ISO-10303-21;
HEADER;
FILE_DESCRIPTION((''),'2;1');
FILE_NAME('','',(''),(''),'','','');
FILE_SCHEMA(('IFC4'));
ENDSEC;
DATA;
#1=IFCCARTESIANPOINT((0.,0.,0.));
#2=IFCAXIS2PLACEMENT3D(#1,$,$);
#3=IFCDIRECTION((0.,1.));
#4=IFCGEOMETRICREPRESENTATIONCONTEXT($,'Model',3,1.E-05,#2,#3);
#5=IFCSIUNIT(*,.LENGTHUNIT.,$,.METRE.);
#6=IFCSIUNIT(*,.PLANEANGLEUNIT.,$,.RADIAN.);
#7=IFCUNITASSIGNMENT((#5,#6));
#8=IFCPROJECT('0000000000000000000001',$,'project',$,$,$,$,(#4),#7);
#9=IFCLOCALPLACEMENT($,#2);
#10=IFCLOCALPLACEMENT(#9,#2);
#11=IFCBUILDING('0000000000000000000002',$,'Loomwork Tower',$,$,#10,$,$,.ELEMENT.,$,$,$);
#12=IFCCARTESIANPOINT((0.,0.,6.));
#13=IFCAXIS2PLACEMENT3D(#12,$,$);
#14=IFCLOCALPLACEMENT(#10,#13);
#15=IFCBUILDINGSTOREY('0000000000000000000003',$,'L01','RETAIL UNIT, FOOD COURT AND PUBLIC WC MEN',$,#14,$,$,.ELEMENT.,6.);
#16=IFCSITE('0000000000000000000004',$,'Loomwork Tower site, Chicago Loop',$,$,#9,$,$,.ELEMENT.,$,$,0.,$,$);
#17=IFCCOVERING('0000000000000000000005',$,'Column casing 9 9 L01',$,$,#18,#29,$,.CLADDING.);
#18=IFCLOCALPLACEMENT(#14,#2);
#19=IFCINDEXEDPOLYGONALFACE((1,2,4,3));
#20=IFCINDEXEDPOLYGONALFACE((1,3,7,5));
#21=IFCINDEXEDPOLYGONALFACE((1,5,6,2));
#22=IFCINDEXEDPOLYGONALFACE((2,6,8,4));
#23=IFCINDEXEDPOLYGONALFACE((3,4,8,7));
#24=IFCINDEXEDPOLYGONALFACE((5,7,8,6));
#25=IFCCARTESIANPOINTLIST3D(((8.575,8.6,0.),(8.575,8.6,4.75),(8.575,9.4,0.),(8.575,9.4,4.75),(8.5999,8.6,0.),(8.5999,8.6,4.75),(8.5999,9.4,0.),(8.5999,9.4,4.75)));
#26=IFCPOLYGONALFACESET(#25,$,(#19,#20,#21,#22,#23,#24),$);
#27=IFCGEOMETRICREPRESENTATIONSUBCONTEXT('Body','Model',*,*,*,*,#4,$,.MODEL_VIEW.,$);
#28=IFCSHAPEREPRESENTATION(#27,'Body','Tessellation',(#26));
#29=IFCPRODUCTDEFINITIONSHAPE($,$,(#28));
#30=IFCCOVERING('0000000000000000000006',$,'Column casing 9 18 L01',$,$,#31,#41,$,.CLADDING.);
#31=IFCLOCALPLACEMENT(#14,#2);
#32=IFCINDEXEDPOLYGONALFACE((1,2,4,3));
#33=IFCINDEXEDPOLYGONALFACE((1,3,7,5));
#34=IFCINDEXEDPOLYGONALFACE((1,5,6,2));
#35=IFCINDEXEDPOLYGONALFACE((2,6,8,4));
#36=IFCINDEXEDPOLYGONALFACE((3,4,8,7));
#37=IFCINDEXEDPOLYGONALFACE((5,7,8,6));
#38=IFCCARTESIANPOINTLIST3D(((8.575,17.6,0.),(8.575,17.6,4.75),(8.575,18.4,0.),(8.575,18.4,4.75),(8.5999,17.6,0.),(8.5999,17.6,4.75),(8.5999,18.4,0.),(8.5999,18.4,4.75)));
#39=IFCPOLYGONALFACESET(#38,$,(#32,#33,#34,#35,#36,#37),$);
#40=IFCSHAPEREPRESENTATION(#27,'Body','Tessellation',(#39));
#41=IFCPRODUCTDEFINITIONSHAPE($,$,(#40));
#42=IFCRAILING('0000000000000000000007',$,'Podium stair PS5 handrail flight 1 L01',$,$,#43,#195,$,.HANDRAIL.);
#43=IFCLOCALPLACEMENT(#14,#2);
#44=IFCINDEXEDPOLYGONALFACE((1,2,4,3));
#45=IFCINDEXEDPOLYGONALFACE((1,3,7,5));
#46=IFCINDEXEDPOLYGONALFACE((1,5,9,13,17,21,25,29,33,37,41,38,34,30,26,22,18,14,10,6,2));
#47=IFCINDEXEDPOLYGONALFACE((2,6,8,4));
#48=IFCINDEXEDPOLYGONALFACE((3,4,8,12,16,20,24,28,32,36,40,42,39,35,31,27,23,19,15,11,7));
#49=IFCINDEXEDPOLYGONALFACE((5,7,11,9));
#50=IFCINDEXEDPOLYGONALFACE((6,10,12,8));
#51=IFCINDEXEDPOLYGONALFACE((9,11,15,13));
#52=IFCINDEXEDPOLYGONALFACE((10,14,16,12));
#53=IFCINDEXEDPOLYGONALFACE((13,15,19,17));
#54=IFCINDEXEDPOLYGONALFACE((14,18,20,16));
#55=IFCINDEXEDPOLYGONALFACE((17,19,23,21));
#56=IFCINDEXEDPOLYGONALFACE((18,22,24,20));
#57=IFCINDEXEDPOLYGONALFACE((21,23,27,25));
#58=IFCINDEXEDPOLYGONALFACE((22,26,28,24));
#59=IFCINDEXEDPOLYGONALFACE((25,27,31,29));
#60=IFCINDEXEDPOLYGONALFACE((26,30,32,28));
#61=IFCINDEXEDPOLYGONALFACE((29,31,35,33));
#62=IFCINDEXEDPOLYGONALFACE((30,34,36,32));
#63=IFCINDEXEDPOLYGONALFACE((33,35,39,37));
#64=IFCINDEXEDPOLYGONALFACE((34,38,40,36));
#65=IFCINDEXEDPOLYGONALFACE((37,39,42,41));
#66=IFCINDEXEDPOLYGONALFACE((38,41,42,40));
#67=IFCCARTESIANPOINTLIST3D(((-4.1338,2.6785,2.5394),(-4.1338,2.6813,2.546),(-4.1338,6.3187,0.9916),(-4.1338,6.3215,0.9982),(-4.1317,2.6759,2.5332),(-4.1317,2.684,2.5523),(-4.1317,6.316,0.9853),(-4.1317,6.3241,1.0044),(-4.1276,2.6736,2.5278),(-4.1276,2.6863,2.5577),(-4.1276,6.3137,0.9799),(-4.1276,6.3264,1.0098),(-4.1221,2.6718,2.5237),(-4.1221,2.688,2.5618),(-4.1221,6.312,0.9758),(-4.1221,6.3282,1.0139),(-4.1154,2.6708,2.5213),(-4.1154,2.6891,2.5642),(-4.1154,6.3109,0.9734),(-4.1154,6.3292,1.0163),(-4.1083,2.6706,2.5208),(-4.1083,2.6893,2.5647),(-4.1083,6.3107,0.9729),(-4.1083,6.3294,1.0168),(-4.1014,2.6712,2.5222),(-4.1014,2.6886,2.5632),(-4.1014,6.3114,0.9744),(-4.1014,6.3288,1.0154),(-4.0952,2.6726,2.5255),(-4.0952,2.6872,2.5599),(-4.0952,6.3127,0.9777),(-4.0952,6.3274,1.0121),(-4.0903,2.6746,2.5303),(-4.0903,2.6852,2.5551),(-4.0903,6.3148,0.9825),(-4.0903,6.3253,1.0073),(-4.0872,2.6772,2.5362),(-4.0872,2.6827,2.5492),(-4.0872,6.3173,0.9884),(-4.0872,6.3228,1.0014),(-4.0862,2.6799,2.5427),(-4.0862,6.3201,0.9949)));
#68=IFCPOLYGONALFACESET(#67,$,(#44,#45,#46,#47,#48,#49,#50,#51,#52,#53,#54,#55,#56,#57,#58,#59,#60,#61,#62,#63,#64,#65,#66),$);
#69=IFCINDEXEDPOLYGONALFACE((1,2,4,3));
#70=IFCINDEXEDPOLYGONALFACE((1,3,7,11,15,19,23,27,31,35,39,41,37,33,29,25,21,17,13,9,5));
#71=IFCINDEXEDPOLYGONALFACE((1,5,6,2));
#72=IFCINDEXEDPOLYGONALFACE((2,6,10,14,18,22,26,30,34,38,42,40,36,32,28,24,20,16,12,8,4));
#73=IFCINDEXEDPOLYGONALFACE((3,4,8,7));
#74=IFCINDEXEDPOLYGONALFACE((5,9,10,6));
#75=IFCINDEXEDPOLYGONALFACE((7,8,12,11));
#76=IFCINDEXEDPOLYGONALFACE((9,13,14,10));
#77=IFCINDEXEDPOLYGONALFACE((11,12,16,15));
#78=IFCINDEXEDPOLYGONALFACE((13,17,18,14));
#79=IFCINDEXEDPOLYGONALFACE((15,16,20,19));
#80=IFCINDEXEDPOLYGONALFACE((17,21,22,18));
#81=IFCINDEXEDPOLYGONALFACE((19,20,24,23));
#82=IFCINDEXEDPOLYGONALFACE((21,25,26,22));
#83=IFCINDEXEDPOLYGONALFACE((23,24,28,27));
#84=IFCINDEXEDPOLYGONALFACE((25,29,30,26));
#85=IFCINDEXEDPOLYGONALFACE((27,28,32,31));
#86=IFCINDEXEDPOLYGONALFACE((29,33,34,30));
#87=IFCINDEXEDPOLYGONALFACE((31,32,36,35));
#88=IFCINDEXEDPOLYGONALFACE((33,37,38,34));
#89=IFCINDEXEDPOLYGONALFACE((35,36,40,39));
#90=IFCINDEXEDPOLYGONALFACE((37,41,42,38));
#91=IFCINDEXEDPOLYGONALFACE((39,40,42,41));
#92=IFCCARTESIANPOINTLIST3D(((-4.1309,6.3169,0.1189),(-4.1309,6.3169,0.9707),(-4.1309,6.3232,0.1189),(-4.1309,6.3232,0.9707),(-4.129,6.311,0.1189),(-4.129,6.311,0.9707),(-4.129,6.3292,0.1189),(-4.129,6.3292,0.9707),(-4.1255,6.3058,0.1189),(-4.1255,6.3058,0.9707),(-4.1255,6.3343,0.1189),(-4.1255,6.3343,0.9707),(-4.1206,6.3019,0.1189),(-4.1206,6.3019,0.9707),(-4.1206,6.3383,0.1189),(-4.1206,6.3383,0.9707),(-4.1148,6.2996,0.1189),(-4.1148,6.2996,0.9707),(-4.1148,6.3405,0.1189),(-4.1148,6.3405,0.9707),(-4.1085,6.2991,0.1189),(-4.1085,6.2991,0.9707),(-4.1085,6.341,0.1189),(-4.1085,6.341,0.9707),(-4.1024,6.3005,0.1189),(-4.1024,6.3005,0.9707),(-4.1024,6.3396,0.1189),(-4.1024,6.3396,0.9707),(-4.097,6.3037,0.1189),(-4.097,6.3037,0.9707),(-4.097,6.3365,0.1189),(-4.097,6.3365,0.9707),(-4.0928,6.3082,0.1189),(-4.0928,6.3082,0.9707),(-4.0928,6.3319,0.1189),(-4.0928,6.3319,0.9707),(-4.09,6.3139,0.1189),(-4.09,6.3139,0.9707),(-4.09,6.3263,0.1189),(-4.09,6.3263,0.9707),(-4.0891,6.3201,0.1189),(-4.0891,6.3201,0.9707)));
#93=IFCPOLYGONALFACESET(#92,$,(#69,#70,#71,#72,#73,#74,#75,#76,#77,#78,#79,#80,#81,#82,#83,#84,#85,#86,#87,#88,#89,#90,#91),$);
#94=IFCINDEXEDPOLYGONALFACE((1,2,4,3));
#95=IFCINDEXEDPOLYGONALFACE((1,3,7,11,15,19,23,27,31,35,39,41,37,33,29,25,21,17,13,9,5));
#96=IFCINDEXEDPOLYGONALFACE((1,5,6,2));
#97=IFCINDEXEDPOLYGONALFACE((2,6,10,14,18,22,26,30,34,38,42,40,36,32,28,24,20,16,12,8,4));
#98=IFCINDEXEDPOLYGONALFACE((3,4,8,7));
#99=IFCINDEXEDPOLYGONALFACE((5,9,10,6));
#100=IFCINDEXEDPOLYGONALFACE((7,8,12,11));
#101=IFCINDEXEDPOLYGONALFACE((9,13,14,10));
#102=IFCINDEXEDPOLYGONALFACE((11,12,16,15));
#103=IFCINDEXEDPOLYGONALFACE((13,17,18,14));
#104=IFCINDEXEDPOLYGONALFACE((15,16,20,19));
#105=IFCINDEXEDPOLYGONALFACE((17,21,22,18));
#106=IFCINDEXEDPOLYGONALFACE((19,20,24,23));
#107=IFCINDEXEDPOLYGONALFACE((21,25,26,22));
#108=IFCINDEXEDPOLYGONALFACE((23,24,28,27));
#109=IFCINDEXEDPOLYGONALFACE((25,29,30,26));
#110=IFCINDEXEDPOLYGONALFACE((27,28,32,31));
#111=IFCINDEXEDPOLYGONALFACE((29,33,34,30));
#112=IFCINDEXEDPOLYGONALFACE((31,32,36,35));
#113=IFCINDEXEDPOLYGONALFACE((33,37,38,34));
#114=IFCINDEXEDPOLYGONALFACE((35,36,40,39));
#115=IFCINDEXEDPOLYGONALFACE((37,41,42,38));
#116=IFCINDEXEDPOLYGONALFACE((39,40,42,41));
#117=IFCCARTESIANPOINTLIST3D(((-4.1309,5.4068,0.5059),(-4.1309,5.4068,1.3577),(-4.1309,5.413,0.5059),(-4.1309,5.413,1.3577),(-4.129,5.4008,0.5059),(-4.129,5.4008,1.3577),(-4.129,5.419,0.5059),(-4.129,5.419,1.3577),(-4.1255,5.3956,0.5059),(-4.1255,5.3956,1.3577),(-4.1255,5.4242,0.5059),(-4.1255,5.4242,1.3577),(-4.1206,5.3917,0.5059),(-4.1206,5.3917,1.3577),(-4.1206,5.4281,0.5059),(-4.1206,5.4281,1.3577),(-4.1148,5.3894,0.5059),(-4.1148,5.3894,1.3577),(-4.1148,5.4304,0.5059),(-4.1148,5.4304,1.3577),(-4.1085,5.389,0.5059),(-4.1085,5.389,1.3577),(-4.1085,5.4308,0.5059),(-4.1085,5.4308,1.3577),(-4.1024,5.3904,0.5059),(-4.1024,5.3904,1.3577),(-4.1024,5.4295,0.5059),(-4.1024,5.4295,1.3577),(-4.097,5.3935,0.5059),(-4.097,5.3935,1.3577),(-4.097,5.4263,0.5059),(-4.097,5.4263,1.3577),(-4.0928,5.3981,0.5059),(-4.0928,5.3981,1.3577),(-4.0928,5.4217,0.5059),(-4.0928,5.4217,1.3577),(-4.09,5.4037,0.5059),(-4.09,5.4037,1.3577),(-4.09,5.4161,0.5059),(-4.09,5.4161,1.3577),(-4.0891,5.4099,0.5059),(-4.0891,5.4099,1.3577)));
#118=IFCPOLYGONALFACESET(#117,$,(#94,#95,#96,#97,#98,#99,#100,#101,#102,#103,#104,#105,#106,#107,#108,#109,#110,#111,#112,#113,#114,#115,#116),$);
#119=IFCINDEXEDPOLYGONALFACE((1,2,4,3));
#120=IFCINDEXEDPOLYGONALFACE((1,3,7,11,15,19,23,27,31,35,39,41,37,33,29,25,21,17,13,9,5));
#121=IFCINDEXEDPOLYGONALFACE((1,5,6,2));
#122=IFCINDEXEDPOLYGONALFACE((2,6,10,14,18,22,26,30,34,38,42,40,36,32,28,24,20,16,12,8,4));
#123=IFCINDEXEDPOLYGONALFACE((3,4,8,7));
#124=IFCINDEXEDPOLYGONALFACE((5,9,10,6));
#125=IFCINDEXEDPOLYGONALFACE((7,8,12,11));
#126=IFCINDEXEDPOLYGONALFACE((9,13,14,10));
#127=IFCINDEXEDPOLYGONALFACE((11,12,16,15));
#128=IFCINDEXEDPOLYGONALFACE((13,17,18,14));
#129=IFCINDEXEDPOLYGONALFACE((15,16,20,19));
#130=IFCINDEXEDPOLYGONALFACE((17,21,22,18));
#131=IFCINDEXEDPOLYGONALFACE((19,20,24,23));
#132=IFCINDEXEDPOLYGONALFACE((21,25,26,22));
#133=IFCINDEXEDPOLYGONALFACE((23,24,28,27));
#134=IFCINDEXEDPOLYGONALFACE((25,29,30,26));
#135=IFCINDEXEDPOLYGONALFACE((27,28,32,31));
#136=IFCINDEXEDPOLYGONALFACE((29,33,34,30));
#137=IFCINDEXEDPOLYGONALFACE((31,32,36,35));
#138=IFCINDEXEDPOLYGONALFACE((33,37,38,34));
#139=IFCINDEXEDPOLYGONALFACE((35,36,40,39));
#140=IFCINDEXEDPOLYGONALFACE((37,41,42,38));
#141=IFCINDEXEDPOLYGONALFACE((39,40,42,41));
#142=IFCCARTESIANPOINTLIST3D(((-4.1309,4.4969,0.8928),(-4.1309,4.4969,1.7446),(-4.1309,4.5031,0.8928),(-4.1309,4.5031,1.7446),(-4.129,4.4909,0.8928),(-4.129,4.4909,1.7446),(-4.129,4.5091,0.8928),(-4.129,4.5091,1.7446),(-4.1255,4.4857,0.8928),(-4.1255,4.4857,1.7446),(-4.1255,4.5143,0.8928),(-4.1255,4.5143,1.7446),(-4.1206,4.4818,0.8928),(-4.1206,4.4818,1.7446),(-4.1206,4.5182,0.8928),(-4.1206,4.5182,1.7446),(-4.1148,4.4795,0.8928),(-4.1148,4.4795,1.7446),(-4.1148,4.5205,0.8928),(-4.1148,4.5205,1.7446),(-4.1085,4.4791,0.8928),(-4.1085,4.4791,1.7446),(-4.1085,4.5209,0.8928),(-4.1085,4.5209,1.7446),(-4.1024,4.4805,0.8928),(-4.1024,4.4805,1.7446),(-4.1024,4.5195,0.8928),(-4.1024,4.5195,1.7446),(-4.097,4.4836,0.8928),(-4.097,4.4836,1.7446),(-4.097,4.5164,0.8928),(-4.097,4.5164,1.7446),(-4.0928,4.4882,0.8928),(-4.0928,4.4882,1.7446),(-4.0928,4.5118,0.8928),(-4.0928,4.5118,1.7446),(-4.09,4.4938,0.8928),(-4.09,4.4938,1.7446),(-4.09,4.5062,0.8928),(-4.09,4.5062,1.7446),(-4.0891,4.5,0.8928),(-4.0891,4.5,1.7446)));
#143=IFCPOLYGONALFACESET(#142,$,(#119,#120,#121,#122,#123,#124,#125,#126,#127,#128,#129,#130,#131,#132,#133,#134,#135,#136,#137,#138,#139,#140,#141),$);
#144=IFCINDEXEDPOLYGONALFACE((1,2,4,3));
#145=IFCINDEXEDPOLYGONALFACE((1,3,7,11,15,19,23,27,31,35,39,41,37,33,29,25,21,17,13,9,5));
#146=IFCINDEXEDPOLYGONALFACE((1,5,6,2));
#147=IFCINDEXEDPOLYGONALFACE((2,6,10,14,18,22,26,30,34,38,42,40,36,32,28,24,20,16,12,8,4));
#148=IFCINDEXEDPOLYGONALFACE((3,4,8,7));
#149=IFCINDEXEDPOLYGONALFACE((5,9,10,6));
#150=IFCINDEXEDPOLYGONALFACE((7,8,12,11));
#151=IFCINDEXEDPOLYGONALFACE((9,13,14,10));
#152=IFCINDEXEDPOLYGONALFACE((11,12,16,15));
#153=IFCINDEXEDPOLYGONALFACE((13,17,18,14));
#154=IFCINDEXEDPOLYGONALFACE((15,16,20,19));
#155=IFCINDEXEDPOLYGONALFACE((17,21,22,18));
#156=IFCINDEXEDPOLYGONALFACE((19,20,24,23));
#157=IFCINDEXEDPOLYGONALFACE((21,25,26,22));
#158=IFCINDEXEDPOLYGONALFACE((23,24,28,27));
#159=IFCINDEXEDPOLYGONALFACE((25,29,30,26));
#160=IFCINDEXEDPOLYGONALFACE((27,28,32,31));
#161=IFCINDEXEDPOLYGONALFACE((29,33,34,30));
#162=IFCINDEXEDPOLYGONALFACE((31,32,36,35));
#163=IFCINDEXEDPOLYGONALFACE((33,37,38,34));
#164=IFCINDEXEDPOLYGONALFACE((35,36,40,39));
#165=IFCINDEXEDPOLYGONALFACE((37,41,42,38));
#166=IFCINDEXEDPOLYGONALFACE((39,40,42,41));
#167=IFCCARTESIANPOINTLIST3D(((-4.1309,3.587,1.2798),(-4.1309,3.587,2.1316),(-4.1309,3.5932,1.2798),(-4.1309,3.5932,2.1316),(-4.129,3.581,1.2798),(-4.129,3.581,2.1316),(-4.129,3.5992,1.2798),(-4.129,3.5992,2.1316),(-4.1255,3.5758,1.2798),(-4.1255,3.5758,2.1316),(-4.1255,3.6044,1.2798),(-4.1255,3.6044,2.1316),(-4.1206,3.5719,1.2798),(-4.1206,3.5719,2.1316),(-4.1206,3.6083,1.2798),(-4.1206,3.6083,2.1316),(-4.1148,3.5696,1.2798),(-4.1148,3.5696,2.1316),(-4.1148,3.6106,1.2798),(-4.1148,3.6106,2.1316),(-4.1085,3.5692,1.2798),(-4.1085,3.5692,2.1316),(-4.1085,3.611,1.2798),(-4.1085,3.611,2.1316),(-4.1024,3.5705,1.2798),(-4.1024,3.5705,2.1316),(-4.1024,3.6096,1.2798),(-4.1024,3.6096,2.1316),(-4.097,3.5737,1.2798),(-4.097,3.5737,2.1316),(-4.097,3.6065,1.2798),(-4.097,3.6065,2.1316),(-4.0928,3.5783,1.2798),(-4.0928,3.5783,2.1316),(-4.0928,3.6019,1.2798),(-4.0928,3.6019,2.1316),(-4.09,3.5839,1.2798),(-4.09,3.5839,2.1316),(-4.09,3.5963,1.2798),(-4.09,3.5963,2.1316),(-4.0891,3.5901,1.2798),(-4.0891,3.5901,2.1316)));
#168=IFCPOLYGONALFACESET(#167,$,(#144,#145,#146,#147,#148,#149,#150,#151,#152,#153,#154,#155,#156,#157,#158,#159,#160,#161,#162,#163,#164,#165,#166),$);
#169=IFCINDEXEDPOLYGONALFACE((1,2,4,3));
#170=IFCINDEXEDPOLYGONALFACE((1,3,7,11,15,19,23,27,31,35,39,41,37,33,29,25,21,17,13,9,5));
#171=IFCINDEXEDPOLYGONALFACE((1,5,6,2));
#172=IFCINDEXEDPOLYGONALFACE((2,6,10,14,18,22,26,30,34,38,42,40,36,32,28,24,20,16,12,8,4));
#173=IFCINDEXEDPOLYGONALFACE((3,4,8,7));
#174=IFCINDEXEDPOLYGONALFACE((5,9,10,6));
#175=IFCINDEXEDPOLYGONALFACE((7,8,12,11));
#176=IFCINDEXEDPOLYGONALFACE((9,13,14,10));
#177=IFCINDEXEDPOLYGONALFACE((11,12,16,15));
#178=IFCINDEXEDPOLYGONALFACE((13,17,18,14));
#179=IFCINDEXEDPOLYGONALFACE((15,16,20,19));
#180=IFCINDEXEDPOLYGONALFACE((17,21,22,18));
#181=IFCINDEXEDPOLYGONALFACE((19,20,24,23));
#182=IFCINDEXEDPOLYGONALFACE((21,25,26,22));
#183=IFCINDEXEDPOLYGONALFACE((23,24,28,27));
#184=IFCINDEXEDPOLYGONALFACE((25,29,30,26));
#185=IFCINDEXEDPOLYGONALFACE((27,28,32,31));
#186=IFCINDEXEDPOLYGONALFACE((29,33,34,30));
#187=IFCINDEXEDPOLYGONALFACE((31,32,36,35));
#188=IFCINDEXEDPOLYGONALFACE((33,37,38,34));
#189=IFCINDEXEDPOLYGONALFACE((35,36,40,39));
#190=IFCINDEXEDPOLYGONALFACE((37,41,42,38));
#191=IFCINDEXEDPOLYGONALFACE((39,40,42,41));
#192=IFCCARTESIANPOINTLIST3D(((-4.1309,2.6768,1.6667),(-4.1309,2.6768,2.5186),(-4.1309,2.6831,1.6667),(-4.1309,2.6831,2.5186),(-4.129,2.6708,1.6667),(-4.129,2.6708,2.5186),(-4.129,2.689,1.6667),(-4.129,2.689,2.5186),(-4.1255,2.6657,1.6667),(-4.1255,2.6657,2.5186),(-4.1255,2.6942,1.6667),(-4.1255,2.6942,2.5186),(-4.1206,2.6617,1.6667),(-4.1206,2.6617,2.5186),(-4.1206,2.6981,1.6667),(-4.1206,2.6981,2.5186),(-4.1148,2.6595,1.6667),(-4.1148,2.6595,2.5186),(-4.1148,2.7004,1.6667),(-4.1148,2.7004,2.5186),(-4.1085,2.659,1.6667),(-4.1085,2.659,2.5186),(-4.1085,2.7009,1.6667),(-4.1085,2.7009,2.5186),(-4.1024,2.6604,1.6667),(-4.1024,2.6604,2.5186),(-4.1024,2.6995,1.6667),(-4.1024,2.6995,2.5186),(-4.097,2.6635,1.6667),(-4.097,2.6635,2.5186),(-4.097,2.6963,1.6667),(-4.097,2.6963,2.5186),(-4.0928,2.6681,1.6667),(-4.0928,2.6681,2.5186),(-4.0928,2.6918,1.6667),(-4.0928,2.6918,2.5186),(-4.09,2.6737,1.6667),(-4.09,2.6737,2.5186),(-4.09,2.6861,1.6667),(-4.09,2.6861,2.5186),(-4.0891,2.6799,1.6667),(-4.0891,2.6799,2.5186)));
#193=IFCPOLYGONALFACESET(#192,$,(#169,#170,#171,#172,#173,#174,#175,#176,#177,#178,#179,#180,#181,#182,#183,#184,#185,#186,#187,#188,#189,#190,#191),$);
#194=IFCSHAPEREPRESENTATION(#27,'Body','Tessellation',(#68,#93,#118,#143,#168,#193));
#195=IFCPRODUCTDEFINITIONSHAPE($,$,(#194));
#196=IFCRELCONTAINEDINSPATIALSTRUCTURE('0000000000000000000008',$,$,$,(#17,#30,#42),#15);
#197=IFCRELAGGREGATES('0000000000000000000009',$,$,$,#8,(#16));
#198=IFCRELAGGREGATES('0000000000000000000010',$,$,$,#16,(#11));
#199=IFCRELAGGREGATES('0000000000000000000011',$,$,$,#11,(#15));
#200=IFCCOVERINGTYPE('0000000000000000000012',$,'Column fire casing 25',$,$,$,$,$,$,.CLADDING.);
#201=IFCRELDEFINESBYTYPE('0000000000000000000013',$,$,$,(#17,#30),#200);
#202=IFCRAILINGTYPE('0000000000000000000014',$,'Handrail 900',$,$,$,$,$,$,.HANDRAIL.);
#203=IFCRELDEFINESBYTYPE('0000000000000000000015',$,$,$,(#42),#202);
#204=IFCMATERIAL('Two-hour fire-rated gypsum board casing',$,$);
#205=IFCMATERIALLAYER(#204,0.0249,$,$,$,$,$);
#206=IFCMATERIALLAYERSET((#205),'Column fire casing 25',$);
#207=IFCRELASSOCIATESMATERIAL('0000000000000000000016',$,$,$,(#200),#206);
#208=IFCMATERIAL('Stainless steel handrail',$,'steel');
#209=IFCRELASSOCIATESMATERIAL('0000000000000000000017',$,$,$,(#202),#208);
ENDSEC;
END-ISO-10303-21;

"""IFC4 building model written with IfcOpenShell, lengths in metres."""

from ifc_helpers import new_model, si_unit, direction, frame, origin, origin_2d, place, context, subcontext, project, spatial, rectangle, circle, extrude, material, layer, layer_set, type_object, element, save


model = new_model("IFC4")

# Units and contexts
model_context = context("Model", 3, precision=1e-05, world=origin(), true_north=direction((0.0, 1.0)))
body_context = subcontext(model_context, "Body", "Model", "MODEL_VIEW")
ifc_project = project(units=[si_unit("LENGTHUNIT", "METRE"), si_unit("PLANEANGLEUNIT", "RADIAN")], contexts=[model_context])

# Site, building, storey
site_placement = place(None, origin())
site = spatial("IfcSite", under=ifc_project, at=site_placement, Name="Loomwork Tower site, Chicago Loop", CompositionType="ELEMENT", RefElevation=0.0)
building_placement = place(site_placement, origin())
building = spatial("IfcBuilding", under=site, at=building_placement, Name="Loomwork Tower", CompositionType="ELEMENT")
storey_placement = place(building_placement, frame((0.0, 0.0, 6.0)))
storey = spatial("IfcBuildingStorey", under=building, at=storey_placement, Name="L01", Description="RETAIL UNIT, FOOD COURT AND PUBLIC WC MEN", CompositionType="ELEMENT", Elevation=6.0)

# Coverings
ifc_material_1 = material(Name="Two-hour fire-rated gypsum board casing")
ifc_layer_1 = layer(ifc_material_1, 0.0249)
ifc_layer_set_1 = layer_set([ifc_layer_1], Name="Column fire casing 25")
covering_type = type_object("IfcCoveringType", Name="Column fire casing 25", PredefinedType="CLADDING", material=ifc_layer_set_1)
for number, where, z_axis, x_axis, name in (
    (1, (8.5874, 9.0, 0.0), (0.0, 0.0, 1.0), (1.0, 0.0, 0.0), "Column casing 9 9 L01"),
    (2, (8.5874, 18.0, 0.0), (0.0, 0.0, 1.0), (1.0, 0.0, 0.0), "Column casing 9 18 L01"),
):
    element("IfcCovering", number, at=place(storey_placement, frame(where, z_axis=z_axis, x_axis=x_axis)), inside=storey, type_object=covering_type, Name=name, PredefinedType="CLADDING", context=body_context, shape_type="SweptSolid", body=[
        extrude(rectangle(XDim=0.0249, YDim=0.8, at=origin_2d()), origin(), (0.0, 0.0, 1.0), 4.75),
    ])

# Railing
ifc_material_2 = material(Name="Stainless steel handrail", Category="steel")
railing_type = type_object("IfcRailingType", Name="Handrail 900", PredefinedType="HANDRAIL", material=ifc_material_2)
railing_1_placement = place(storey_placement, frame((-4.1101, 6.3201, 0.1189)))
element("IfcRailing", 3, at=railing_1_placement, inside=storey, type_object=railing_type, Name="Podium stair PS5 handrail flight 1 L01", PredefinedType="HANDRAIL", context=body_context, shape_type="SweptSolid", body=[
    extrude(circle(Radius=0.0239, at=origin_2d()), frame((0.0, 0.0, 0.876), z_axis=(0.0, -0.920259, 0.391311), x_axis=(1.0, 0.0, 0.0)), (0.0, 0.0, 1.0), 3.9556),
    extrude(circle(Radius=0.021, at=origin_2d()), origin(), (0.0, 0.0, 1.0), 0.8518),
    extrude(circle(Radius=0.021, at=origin_2d()), frame((0.0, -0.9102, 0.387)), (0.0, 0.0, 1.0), 0.8518),
    extrude(circle(Radius=0.021, at=origin_2d()), frame((0.0, -1.8201, 0.7739)), (0.0, 0.0, 1.0), 0.8518),
    extrude(circle(Radius=0.021, at=origin_2d()), frame((0.0, -2.73, 1.1609)), (0.0, 0.0, 1.0), 0.8518),
    extrude(circle(Radius=0.021, at=origin_2d()), frame((0.0, -3.6401, 1.5479)), (0.0, 0.0, 1.0), 0.8518),
])

save(model, "model.ifc")
